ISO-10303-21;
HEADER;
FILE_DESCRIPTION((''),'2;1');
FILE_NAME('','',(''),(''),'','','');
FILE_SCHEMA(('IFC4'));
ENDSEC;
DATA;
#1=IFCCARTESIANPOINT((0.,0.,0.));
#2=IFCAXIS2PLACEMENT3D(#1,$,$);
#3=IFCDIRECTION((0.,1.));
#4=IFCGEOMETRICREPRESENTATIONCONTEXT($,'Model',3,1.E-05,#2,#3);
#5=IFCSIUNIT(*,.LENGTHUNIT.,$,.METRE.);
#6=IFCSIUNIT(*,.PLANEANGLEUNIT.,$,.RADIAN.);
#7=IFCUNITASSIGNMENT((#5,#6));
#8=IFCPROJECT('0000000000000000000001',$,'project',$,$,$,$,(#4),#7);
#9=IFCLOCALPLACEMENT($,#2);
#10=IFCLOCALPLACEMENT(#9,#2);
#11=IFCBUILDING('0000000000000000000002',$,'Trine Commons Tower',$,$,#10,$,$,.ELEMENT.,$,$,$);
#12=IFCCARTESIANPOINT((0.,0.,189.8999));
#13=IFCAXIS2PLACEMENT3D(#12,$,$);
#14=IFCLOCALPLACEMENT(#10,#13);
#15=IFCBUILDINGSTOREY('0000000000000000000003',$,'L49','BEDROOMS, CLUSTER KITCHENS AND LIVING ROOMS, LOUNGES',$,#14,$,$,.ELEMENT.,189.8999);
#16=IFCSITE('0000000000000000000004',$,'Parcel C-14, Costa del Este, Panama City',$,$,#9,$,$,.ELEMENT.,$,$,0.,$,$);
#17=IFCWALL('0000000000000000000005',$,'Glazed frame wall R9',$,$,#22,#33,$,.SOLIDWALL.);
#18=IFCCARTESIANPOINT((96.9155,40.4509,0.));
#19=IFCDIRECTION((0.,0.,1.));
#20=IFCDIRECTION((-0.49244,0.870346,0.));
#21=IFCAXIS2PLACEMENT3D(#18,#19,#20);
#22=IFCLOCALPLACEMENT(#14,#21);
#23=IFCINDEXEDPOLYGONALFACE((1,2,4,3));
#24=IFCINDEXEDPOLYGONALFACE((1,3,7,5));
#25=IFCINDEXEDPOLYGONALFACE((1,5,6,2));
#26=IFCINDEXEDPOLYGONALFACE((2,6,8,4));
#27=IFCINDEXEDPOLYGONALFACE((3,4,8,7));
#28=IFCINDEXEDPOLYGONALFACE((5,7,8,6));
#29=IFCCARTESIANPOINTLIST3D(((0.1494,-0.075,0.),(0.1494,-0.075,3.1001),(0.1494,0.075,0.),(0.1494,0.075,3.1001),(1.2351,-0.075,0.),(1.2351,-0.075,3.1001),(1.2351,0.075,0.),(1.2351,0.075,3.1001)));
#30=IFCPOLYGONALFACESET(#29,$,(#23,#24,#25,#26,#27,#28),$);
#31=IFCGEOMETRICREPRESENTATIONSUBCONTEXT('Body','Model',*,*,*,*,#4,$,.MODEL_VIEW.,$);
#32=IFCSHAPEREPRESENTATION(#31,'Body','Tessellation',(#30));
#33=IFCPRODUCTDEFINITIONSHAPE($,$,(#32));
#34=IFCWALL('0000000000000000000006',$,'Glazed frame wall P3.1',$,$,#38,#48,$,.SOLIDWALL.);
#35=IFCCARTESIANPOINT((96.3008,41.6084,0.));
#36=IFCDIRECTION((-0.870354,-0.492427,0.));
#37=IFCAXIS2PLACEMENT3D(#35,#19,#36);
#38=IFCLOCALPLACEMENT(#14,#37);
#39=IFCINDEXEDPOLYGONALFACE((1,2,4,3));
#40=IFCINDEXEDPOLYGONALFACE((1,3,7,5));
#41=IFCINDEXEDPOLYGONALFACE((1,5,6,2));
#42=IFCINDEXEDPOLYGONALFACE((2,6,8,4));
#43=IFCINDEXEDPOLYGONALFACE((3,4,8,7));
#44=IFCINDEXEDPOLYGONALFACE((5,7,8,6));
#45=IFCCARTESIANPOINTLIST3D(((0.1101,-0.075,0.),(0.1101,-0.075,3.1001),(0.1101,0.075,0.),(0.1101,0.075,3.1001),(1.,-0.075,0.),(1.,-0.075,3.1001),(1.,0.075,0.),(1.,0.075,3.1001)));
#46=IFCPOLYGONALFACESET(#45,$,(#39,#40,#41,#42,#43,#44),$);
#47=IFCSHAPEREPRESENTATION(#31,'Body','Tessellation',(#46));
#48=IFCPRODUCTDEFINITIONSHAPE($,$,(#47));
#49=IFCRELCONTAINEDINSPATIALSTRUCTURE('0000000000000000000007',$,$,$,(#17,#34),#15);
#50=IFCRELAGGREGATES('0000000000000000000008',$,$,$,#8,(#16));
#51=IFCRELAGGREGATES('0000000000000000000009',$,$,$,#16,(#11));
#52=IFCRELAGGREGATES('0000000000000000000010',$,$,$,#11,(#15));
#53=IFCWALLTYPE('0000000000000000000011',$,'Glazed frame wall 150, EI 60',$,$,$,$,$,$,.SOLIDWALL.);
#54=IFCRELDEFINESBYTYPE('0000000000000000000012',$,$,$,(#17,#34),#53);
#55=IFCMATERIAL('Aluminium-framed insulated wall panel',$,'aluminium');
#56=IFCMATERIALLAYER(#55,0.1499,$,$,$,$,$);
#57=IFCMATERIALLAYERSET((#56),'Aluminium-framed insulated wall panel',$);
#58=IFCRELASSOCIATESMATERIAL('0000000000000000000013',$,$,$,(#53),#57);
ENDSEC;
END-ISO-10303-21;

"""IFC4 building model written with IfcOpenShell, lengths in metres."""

from ifc_helpers import new_model, si_unit, direction, frame, origin, place, context, subcontext, project, spatial, polyline, outline, extrude, material, layer, layer_set, type_object, element, save


model = new_model("IFC4")

# Units and contexts
model_context = context("Model", 3, precision=1e-05, world=origin(), true_north=direction((0.0, 1.0)))
body_context = subcontext(model_context, "Body", "Model", "MODEL_VIEW")
ifc_project = project(units=[si_unit("LENGTHUNIT", "METRE"), si_unit("PLANEANGLEUNIT", "RADIAN")], contexts=[model_context])

# Site, building, storey
site_placement = place(None, origin())
site = spatial("IfcSite", under=ifc_project, at=site_placement, Name="Parcel C-14, Costa del Este, Panama City", CompositionType="ELEMENT", RefElevation=0.0)
building_placement = place(site_placement, origin())
building = spatial("IfcBuilding", under=site, at=building_placement, Name="Trine Commons Tower", CompositionType="ELEMENT")
storey_placement = place(building_placement, frame((0.0, 0.0, 189.8999)))
storey = spatial("IfcBuildingStorey", under=building, at=storey_placement, Name="L49", Description="BEDROOMS, CLUSTER KITCHENS AND LIVING ROOMS, LOUNGES", CompositionType="ELEMENT", Elevation=189.8999)

# Walls
ifc_material_1 = material(Name="Aluminium-framed insulated wall panel", Category="aluminium")
ifc_layer_1 = layer(ifc_material_1, 0.1499)
ifc_layer_set_1 = layer_set([ifc_layer_1], Name="Aluminium-framed insulated wall panel")
wall_type_1 = type_object("IfcWallType", Name="Glazed frame wall 150, EI 60", PredefinedType="SOLIDWALL", material=ifc_layer_set_1)
wall_1_placement = place(storey_placement, frame((96.9155, 40.4509, 0.0), z_axis=(0.0, 0.0, 1.0), x_axis=(-0.49244, 0.870346, 0.0)))
element("IfcWall", 1, at=wall_1_placement, inside=storey, type_object=wall_type_1, Name="Glazed frame wall R9", PredefinedType="SOLIDWALL", context=body_context, shape_type="SweptSolid", body=[
    extrude(outline(polyline([(0.1494, 0.075), (0.1494, -0.075), (1.2351, -0.075), (1.2351, 0.075), (0.1494, 0.075)])), origin(), (0.0, 0.0, 1.0), 3.1001),
])
wall_2_placement = place(storey_placement, frame((96.3008, 41.6084, 0.0), z_axis=(0.0, 0.0, 1.0), x_axis=(-0.870354, -0.492427, 0.0)))
element("IfcWall", 2, at=wall_2_placement, inside=storey, type_object=wall_type_1, Name="Glazed frame wall P3.1", PredefinedType="SOLIDWALL", context=body_context, shape_type="SweptSolid", body=[
    extrude(outline(polyline([(0.1101, -0.075), (1.0, -0.075), (1.0, 0.075), (0.1101, 0.075), (0.1101, -0.075)])), origin(), (0.0, 0.0, 1.0), 3.1001),
])

save(model, "model.ifc")
